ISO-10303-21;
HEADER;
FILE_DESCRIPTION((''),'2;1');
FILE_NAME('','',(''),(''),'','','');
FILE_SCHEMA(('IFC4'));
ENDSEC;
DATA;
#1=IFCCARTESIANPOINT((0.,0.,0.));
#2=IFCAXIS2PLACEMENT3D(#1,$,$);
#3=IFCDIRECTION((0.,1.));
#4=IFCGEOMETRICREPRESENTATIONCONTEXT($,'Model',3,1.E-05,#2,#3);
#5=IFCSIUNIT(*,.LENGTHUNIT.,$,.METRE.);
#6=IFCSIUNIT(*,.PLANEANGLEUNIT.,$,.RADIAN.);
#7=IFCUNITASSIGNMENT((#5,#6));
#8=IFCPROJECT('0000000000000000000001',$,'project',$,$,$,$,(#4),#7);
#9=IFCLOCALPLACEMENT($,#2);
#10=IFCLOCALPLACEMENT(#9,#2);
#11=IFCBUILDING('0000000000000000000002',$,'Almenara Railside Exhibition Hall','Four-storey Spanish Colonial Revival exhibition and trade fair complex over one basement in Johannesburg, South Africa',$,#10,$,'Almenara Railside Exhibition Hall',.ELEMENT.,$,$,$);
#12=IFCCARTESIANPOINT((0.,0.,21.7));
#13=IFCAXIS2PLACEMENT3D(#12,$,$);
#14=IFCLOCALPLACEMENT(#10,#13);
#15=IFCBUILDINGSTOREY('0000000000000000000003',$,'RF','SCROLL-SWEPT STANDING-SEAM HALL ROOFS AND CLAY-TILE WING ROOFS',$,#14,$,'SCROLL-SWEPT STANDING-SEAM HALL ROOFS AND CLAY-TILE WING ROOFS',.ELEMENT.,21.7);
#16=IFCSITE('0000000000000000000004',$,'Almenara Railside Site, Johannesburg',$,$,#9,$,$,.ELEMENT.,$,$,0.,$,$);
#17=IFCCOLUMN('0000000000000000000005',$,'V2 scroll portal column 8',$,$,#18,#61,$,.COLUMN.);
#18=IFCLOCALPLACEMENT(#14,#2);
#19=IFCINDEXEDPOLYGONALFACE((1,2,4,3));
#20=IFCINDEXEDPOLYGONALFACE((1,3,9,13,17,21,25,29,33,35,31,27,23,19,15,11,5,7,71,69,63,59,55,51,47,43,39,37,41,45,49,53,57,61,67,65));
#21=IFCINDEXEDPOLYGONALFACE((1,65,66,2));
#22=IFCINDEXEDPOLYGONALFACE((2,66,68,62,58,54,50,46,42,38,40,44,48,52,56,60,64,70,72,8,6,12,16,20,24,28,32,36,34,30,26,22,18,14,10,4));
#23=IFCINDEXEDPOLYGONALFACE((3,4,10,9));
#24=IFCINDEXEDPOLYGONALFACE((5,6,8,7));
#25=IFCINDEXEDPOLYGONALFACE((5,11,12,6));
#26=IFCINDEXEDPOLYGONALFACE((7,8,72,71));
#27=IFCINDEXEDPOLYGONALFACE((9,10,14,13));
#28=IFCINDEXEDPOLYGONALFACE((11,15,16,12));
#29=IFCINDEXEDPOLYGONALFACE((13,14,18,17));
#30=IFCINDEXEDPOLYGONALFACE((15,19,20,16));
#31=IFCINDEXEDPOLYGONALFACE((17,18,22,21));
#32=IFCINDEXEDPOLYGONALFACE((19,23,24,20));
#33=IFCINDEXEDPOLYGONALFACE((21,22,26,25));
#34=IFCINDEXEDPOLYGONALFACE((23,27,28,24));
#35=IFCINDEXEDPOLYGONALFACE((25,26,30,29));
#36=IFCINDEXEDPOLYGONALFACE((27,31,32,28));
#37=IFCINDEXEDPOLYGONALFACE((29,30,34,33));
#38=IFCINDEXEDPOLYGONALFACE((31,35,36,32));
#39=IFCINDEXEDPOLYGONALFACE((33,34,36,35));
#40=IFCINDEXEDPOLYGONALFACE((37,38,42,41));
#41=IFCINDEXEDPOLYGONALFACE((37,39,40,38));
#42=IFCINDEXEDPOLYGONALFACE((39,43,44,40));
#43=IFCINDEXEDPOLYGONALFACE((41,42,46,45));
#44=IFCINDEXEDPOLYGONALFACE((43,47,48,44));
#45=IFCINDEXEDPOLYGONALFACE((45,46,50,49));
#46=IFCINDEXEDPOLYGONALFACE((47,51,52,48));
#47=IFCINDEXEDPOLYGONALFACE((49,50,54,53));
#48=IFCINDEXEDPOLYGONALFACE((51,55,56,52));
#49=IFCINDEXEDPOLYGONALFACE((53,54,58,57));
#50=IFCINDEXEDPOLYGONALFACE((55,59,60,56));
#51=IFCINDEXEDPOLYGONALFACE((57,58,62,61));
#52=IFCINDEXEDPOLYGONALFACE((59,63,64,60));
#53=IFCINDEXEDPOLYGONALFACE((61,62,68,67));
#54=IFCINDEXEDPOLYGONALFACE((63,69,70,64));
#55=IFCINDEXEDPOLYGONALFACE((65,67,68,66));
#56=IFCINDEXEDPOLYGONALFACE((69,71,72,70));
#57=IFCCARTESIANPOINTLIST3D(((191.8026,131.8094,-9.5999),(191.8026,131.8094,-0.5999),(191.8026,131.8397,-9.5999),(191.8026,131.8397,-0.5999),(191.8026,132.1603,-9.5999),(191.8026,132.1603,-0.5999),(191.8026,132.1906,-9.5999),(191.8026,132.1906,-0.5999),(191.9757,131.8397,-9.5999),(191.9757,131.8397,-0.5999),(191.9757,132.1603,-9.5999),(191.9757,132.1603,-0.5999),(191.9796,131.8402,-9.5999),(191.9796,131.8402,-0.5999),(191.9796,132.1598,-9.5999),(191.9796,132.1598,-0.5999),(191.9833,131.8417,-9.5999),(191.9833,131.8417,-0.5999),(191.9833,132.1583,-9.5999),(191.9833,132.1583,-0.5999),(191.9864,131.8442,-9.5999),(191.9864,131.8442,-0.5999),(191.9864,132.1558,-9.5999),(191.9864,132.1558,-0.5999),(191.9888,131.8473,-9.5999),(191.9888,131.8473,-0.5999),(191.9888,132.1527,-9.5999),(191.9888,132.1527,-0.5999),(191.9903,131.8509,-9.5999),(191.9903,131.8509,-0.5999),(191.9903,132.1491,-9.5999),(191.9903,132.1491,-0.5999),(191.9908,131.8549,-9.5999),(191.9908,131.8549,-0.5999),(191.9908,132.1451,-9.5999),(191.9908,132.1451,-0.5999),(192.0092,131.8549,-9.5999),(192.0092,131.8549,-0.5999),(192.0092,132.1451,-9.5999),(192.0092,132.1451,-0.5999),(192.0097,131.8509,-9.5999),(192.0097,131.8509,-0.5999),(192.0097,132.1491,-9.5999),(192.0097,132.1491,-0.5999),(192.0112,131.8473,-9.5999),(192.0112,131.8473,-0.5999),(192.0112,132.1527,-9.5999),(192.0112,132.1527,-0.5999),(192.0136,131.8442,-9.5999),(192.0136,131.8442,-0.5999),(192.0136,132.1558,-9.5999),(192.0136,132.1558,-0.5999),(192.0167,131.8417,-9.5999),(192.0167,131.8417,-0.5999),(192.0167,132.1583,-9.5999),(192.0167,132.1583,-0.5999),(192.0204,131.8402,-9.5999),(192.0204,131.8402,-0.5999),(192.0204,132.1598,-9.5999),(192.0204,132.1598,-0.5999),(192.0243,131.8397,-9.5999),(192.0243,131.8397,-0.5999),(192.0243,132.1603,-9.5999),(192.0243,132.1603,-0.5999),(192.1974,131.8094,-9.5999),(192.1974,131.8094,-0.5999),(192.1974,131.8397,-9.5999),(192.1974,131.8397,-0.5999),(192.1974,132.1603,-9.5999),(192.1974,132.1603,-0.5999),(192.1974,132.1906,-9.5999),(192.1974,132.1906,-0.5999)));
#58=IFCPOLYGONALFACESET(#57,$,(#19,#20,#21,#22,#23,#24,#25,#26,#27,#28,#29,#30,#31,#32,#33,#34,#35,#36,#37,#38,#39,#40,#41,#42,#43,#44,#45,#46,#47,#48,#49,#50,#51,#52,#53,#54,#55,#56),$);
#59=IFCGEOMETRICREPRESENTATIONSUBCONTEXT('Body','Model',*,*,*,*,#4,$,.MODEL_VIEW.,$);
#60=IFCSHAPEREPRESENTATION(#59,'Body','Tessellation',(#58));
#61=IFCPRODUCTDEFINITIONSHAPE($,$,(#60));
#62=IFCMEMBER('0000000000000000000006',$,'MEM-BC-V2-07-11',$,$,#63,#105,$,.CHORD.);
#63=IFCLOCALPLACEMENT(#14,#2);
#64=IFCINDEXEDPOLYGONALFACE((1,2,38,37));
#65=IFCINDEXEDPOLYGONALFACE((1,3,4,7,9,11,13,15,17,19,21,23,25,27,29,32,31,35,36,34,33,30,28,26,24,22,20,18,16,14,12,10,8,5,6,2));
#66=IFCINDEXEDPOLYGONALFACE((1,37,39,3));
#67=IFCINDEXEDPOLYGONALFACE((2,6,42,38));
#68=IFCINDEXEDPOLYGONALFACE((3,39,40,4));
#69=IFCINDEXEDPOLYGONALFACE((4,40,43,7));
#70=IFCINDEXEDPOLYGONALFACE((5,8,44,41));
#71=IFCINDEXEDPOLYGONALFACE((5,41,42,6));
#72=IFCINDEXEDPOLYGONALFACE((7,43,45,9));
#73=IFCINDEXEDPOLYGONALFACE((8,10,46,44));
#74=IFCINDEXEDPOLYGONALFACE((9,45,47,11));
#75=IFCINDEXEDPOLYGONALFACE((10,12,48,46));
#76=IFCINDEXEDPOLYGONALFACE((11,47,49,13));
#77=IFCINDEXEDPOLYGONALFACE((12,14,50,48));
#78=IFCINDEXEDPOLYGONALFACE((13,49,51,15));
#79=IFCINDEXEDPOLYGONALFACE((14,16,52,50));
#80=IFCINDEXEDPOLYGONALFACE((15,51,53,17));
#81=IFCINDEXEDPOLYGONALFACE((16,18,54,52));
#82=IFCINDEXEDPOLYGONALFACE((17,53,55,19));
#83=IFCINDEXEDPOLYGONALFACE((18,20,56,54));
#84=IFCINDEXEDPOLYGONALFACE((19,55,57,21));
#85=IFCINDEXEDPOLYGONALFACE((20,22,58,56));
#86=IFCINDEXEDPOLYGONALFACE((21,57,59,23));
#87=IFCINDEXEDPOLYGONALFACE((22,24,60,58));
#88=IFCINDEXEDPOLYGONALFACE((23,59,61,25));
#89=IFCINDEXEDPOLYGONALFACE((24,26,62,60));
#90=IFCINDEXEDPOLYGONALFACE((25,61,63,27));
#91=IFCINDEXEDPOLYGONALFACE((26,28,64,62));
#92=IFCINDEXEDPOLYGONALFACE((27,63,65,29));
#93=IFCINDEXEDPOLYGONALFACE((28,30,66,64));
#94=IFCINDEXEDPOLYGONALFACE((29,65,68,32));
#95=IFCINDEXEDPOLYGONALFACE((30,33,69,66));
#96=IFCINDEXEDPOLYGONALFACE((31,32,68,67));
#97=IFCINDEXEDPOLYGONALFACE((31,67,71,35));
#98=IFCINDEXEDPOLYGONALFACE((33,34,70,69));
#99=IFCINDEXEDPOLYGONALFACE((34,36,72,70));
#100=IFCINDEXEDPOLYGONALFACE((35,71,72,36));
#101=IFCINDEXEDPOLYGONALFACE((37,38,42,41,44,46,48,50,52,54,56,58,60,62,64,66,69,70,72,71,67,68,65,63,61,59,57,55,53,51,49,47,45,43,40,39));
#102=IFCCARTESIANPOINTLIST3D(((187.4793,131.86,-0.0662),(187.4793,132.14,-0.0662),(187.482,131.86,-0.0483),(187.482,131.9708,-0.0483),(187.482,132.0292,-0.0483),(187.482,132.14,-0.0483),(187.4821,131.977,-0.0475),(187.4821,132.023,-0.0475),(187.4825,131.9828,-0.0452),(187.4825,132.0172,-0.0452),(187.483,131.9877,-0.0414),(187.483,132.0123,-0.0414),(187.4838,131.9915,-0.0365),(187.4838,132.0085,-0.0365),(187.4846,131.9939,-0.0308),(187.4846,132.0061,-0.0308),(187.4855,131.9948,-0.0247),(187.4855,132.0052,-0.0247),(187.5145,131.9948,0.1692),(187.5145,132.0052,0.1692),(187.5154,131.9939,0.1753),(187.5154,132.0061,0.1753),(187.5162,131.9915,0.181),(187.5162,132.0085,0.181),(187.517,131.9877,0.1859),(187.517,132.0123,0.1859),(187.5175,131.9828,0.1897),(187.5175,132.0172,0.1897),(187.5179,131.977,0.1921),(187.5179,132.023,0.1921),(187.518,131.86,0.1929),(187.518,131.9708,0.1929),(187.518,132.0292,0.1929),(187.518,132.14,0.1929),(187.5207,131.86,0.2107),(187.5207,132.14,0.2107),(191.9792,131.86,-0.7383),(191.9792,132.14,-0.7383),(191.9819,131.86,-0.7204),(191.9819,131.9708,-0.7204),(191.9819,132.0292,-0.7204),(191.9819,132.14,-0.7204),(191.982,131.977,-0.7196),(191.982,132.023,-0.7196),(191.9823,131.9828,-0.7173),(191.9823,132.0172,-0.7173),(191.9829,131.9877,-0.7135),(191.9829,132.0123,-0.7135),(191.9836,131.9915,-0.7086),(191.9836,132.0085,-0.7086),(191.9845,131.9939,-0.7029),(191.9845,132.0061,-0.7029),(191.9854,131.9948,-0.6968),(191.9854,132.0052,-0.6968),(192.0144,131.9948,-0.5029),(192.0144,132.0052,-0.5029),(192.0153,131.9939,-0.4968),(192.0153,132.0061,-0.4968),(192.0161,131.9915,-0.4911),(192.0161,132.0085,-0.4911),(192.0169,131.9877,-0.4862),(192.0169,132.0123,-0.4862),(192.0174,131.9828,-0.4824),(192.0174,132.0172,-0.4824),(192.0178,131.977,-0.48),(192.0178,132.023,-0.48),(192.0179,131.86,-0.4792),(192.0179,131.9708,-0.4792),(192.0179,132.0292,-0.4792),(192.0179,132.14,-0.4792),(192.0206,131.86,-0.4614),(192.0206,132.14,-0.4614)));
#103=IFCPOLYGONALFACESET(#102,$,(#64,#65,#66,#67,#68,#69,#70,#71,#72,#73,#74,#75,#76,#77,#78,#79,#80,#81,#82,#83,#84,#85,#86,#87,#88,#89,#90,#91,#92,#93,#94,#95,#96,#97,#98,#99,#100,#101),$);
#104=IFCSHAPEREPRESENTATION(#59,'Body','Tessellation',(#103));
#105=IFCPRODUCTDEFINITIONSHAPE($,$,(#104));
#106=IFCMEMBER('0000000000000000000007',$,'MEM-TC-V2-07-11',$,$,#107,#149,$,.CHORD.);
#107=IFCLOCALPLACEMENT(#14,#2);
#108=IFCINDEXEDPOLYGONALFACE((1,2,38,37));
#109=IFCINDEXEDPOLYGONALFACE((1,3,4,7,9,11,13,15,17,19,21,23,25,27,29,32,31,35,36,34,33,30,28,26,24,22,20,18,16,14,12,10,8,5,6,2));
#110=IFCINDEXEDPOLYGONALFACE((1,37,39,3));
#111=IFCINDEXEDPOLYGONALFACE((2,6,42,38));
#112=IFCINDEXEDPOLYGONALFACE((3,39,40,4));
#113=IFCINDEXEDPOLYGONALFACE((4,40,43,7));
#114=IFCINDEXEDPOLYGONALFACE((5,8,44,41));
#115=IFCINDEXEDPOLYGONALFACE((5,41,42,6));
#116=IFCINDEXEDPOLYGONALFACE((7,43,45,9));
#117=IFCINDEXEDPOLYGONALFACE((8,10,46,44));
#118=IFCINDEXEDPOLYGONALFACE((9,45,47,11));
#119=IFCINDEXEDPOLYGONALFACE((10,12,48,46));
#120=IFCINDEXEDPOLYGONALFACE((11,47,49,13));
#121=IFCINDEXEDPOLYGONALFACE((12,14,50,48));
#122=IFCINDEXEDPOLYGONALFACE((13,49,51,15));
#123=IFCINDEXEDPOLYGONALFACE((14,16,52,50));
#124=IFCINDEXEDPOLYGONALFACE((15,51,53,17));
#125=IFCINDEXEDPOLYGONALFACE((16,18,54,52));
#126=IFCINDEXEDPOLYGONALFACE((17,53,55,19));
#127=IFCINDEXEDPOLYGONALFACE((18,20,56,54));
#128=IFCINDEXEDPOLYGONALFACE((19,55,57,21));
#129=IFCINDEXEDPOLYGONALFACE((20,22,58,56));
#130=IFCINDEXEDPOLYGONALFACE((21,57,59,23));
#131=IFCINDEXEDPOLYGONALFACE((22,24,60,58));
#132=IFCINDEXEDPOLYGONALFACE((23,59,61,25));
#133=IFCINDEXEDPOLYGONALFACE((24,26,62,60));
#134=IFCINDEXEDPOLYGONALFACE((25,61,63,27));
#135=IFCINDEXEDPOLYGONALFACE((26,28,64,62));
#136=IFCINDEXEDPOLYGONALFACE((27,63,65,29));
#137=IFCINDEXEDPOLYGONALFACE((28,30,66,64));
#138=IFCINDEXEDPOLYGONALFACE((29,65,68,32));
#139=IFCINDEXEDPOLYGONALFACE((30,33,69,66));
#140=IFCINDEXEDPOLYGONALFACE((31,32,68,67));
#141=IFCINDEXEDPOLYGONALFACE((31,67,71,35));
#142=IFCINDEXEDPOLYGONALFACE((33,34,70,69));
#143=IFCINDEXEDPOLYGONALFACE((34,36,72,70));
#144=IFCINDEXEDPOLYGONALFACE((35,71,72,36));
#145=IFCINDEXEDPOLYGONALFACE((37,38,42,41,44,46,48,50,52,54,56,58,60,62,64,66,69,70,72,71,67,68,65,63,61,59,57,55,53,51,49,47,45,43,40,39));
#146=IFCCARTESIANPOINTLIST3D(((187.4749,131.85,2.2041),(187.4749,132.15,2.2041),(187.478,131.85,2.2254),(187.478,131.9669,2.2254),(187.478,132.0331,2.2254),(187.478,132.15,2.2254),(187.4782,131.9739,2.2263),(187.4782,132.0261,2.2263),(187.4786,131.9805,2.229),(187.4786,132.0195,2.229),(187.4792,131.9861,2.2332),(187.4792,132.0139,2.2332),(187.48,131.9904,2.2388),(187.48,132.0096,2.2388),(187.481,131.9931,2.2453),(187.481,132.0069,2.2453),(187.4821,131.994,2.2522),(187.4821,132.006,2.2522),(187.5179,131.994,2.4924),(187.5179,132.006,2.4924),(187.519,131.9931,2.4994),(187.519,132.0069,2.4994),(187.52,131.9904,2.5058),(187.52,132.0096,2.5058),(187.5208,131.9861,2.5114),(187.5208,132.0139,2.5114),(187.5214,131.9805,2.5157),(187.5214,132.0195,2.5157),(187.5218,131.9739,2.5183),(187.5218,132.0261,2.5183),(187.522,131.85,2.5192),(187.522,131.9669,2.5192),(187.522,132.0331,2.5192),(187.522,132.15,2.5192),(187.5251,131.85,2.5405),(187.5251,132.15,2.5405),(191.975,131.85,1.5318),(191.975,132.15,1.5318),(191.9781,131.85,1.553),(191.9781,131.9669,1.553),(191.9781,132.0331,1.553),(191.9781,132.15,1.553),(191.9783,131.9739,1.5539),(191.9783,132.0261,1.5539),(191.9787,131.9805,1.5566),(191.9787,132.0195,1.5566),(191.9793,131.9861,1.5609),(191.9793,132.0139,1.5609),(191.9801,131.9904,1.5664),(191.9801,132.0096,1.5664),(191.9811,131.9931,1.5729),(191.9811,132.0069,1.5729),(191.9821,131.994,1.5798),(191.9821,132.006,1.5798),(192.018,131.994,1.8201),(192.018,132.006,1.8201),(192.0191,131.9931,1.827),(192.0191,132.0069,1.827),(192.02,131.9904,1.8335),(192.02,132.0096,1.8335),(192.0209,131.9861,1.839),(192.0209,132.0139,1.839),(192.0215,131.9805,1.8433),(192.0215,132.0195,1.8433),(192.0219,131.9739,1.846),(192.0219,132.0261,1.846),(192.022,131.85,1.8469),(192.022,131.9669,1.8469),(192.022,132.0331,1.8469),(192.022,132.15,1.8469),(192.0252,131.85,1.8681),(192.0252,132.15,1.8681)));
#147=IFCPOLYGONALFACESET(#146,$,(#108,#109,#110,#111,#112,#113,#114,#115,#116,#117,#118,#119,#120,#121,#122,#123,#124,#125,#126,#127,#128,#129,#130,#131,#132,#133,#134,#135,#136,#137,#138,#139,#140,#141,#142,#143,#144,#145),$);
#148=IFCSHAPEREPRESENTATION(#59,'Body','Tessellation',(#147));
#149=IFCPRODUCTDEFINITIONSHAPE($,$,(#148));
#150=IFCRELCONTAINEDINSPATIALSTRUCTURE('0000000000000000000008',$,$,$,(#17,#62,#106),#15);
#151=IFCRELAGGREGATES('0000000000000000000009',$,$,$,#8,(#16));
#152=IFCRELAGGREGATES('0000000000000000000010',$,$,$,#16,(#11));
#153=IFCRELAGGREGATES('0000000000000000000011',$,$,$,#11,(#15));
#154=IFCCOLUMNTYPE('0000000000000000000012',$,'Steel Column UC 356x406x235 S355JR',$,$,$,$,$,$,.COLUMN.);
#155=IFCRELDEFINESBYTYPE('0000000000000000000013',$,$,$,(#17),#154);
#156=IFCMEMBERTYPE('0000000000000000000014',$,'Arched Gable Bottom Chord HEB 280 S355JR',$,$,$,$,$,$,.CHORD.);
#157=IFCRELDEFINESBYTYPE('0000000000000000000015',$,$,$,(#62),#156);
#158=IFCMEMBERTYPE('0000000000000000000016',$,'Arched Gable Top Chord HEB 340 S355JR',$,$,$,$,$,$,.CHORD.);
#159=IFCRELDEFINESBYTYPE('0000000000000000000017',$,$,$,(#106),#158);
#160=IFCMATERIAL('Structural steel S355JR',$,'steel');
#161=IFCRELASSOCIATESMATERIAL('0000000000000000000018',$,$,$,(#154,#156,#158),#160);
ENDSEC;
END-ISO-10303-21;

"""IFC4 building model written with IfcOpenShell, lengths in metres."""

from ifc_helpers import new_model, si_unit, direction, frame, origin, origin_2d, place, context, subcontext, project, spatial, i_section, extrude, material, material_profile, profile_set, type_object, element, save


model = new_model("IFC4")

# Units and contexts
model_context = context("Model", 3, precision=1e-05, world=origin(), true_north=direction((0.0, 1.0)))
body_context = subcontext(model_context, "Body", "Model", "MODEL_VIEW")
ifc_project = project(units=[si_unit("LENGTHUNIT", "METRE"), si_unit("PLANEANGLEUNIT", "RADIAN")], contexts=[model_context])

# Site, building, storey
site_placement = place(None, origin())
site = spatial("IfcSite", under=ifc_project, at=site_placement, Name="Almenara Railside Site, Johannesburg", CompositionType="ELEMENT", RefElevation=0.0)
building_placement = place(site_placement, origin())
building = spatial("IfcBuilding", under=site, at=building_placement, Name="Almenara Railside Exhibition Hall", Description="Four-storey Spanish Colonial Revival exhibition and trade fair complex over one basement in Johannesburg, South Africa", LongName="Almenara Railside Exhibition Hall", CompositionType="ELEMENT")
storey_placement = place(building_placement, frame((0.0, 0.0, 21.7)))
storey = spatial("IfcBuildingStorey", under=building, at=storey_placement, Name="RF", Description="SCROLL-SWEPT STANDING-SEAM HALL ROOFS AND CLAY-TILE WING ROOFS", LongName="SCROLL-SWEPT STANDING-SEAM HALL ROOFS AND CLAY-TILE WING ROOFS", CompositionType="ELEMENT", Elevation=21.7)

# Column
ifc_material_1 = material(Name="Structural steel S355JR", Category="steel")
ifc_material_profile_1 = material_profile(ifc_material_1, i_section(OverallWidth=0.3948, OverallDepth=0.3811, WebThickness=0.0183, FlangeThickness=0.0303, FilletRadius=0.0151, at=origin_2d()), Name="UC 356x406x235")
ifc_profile_set_1 = profile_set([ifc_material_profile_1], Name="Structural steel S355JR")
column_type = type_object("IfcColumnType", Name="Steel Column UC 356x406x235 S355JR", PredefinedType="COLUMN", material=ifc_profile_set_1)
column_placement = place(storey_placement, frame((192.0, 132.0, -9.5999), z_axis=(0.0, 0.0, 1.0), x_axis=(1.0, 0.0, 0.0)))
element("IfcColumn", 1, at=column_placement, inside=storey, type_object=column_type, Name="V2 scroll portal column 8", PredefinedType="COLUMN", context=body_context, shape_type="SweptSolid", body=[
    extrude(i_section(OverallWidth=0.3948, OverallDepth=0.3811, WebThickness=0.0183, FlangeThickness=0.0303, FilletRadius=0.0151, at=origin_2d()), origin(), (0.0, 0.0, 1.0), 9.0),
])

# Members
ifc_material_profile_2 = material_profile(ifc_material_1, i_section(OverallWidth=0.28, OverallDepth=0.28, WebThickness=0.0105, FlangeThickness=0.0181, FilletRadius=0.0239, at=origin_2d()), Name="HEB 280")
ifc_profile_set_2 = profile_set([ifc_material_profile_2], Name="Structural steel S355JR")
member_type_1 = type_object("IfcMemberType", Name="Arched Gable Bottom Chord HEB 280 S355JR", PredefinedType="CHORD", material=ifc_profile_set_2)
member_1_placement = place(storey_placement, frame((187.5, 132.0, 0.0723), z_axis=(0.989029, 0.0, -0.147721), x_axis=(0.0, 1.0, 0.0)))
element("IfcMember", 2, at=member_1_placement, inside=storey, type_object=member_type_1, Name="MEM-BC-V2-07-11", PredefinedType="CHORD", context=body_context, shape_type="SweptSolid", body=[
    extrude(i_section(OverallWidth=0.28, OverallDepth=0.28, WebThickness=0.0105, FlangeThickness=0.0181, FilletRadius=0.0239, at=origin_2d()), origin(), (0.0, 0.0, 1.0), 4.5498),
])
ifc_material_profile_3 = material_profile(ifc_material_1, i_section(OverallWidth=0.3, OverallDepth=0.3401, WebThickness=0.012, FlangeThickness=0.0215, FilletRadius=0.0271, at=origin_2d()), Name="HEB 340")
ifc_profile_set_3 = profile_set([ifc_material_profile_3], Name="Structural steel S355JR")
member_type_2 = type_object("IfcMemberType", Name="Arched Gable Top Chord HEB 340 S355JR", PredefinedType="CHORD", material=ifc_profile_set_3)
member_2_placement = place(storey_placement, frame((187.5, 132.0, 2.3723), z_axis=(0.989021, 0.0, -0.147774), x_axis=(0.0, 1.0, 0.0)))
element("IfcMember", 3, at=member_2_placement, inside=storey, type_object=member_type_2, Name="MEM-TC-V2-07-11", PredefinedType="CHORD", context=body_context, shape_type="SweptSolid", body=[
    extrude(i_section(OverallWidth=0.3, OverallDepth=0.3401, WebThickness=0.012, FlangeThickness=0.0215, FilletRadius=0.0271, at=origin_2d()), origin(), (0.0, 0.0, 1.0), 4.55),
])

save(model, "model.ifc")
